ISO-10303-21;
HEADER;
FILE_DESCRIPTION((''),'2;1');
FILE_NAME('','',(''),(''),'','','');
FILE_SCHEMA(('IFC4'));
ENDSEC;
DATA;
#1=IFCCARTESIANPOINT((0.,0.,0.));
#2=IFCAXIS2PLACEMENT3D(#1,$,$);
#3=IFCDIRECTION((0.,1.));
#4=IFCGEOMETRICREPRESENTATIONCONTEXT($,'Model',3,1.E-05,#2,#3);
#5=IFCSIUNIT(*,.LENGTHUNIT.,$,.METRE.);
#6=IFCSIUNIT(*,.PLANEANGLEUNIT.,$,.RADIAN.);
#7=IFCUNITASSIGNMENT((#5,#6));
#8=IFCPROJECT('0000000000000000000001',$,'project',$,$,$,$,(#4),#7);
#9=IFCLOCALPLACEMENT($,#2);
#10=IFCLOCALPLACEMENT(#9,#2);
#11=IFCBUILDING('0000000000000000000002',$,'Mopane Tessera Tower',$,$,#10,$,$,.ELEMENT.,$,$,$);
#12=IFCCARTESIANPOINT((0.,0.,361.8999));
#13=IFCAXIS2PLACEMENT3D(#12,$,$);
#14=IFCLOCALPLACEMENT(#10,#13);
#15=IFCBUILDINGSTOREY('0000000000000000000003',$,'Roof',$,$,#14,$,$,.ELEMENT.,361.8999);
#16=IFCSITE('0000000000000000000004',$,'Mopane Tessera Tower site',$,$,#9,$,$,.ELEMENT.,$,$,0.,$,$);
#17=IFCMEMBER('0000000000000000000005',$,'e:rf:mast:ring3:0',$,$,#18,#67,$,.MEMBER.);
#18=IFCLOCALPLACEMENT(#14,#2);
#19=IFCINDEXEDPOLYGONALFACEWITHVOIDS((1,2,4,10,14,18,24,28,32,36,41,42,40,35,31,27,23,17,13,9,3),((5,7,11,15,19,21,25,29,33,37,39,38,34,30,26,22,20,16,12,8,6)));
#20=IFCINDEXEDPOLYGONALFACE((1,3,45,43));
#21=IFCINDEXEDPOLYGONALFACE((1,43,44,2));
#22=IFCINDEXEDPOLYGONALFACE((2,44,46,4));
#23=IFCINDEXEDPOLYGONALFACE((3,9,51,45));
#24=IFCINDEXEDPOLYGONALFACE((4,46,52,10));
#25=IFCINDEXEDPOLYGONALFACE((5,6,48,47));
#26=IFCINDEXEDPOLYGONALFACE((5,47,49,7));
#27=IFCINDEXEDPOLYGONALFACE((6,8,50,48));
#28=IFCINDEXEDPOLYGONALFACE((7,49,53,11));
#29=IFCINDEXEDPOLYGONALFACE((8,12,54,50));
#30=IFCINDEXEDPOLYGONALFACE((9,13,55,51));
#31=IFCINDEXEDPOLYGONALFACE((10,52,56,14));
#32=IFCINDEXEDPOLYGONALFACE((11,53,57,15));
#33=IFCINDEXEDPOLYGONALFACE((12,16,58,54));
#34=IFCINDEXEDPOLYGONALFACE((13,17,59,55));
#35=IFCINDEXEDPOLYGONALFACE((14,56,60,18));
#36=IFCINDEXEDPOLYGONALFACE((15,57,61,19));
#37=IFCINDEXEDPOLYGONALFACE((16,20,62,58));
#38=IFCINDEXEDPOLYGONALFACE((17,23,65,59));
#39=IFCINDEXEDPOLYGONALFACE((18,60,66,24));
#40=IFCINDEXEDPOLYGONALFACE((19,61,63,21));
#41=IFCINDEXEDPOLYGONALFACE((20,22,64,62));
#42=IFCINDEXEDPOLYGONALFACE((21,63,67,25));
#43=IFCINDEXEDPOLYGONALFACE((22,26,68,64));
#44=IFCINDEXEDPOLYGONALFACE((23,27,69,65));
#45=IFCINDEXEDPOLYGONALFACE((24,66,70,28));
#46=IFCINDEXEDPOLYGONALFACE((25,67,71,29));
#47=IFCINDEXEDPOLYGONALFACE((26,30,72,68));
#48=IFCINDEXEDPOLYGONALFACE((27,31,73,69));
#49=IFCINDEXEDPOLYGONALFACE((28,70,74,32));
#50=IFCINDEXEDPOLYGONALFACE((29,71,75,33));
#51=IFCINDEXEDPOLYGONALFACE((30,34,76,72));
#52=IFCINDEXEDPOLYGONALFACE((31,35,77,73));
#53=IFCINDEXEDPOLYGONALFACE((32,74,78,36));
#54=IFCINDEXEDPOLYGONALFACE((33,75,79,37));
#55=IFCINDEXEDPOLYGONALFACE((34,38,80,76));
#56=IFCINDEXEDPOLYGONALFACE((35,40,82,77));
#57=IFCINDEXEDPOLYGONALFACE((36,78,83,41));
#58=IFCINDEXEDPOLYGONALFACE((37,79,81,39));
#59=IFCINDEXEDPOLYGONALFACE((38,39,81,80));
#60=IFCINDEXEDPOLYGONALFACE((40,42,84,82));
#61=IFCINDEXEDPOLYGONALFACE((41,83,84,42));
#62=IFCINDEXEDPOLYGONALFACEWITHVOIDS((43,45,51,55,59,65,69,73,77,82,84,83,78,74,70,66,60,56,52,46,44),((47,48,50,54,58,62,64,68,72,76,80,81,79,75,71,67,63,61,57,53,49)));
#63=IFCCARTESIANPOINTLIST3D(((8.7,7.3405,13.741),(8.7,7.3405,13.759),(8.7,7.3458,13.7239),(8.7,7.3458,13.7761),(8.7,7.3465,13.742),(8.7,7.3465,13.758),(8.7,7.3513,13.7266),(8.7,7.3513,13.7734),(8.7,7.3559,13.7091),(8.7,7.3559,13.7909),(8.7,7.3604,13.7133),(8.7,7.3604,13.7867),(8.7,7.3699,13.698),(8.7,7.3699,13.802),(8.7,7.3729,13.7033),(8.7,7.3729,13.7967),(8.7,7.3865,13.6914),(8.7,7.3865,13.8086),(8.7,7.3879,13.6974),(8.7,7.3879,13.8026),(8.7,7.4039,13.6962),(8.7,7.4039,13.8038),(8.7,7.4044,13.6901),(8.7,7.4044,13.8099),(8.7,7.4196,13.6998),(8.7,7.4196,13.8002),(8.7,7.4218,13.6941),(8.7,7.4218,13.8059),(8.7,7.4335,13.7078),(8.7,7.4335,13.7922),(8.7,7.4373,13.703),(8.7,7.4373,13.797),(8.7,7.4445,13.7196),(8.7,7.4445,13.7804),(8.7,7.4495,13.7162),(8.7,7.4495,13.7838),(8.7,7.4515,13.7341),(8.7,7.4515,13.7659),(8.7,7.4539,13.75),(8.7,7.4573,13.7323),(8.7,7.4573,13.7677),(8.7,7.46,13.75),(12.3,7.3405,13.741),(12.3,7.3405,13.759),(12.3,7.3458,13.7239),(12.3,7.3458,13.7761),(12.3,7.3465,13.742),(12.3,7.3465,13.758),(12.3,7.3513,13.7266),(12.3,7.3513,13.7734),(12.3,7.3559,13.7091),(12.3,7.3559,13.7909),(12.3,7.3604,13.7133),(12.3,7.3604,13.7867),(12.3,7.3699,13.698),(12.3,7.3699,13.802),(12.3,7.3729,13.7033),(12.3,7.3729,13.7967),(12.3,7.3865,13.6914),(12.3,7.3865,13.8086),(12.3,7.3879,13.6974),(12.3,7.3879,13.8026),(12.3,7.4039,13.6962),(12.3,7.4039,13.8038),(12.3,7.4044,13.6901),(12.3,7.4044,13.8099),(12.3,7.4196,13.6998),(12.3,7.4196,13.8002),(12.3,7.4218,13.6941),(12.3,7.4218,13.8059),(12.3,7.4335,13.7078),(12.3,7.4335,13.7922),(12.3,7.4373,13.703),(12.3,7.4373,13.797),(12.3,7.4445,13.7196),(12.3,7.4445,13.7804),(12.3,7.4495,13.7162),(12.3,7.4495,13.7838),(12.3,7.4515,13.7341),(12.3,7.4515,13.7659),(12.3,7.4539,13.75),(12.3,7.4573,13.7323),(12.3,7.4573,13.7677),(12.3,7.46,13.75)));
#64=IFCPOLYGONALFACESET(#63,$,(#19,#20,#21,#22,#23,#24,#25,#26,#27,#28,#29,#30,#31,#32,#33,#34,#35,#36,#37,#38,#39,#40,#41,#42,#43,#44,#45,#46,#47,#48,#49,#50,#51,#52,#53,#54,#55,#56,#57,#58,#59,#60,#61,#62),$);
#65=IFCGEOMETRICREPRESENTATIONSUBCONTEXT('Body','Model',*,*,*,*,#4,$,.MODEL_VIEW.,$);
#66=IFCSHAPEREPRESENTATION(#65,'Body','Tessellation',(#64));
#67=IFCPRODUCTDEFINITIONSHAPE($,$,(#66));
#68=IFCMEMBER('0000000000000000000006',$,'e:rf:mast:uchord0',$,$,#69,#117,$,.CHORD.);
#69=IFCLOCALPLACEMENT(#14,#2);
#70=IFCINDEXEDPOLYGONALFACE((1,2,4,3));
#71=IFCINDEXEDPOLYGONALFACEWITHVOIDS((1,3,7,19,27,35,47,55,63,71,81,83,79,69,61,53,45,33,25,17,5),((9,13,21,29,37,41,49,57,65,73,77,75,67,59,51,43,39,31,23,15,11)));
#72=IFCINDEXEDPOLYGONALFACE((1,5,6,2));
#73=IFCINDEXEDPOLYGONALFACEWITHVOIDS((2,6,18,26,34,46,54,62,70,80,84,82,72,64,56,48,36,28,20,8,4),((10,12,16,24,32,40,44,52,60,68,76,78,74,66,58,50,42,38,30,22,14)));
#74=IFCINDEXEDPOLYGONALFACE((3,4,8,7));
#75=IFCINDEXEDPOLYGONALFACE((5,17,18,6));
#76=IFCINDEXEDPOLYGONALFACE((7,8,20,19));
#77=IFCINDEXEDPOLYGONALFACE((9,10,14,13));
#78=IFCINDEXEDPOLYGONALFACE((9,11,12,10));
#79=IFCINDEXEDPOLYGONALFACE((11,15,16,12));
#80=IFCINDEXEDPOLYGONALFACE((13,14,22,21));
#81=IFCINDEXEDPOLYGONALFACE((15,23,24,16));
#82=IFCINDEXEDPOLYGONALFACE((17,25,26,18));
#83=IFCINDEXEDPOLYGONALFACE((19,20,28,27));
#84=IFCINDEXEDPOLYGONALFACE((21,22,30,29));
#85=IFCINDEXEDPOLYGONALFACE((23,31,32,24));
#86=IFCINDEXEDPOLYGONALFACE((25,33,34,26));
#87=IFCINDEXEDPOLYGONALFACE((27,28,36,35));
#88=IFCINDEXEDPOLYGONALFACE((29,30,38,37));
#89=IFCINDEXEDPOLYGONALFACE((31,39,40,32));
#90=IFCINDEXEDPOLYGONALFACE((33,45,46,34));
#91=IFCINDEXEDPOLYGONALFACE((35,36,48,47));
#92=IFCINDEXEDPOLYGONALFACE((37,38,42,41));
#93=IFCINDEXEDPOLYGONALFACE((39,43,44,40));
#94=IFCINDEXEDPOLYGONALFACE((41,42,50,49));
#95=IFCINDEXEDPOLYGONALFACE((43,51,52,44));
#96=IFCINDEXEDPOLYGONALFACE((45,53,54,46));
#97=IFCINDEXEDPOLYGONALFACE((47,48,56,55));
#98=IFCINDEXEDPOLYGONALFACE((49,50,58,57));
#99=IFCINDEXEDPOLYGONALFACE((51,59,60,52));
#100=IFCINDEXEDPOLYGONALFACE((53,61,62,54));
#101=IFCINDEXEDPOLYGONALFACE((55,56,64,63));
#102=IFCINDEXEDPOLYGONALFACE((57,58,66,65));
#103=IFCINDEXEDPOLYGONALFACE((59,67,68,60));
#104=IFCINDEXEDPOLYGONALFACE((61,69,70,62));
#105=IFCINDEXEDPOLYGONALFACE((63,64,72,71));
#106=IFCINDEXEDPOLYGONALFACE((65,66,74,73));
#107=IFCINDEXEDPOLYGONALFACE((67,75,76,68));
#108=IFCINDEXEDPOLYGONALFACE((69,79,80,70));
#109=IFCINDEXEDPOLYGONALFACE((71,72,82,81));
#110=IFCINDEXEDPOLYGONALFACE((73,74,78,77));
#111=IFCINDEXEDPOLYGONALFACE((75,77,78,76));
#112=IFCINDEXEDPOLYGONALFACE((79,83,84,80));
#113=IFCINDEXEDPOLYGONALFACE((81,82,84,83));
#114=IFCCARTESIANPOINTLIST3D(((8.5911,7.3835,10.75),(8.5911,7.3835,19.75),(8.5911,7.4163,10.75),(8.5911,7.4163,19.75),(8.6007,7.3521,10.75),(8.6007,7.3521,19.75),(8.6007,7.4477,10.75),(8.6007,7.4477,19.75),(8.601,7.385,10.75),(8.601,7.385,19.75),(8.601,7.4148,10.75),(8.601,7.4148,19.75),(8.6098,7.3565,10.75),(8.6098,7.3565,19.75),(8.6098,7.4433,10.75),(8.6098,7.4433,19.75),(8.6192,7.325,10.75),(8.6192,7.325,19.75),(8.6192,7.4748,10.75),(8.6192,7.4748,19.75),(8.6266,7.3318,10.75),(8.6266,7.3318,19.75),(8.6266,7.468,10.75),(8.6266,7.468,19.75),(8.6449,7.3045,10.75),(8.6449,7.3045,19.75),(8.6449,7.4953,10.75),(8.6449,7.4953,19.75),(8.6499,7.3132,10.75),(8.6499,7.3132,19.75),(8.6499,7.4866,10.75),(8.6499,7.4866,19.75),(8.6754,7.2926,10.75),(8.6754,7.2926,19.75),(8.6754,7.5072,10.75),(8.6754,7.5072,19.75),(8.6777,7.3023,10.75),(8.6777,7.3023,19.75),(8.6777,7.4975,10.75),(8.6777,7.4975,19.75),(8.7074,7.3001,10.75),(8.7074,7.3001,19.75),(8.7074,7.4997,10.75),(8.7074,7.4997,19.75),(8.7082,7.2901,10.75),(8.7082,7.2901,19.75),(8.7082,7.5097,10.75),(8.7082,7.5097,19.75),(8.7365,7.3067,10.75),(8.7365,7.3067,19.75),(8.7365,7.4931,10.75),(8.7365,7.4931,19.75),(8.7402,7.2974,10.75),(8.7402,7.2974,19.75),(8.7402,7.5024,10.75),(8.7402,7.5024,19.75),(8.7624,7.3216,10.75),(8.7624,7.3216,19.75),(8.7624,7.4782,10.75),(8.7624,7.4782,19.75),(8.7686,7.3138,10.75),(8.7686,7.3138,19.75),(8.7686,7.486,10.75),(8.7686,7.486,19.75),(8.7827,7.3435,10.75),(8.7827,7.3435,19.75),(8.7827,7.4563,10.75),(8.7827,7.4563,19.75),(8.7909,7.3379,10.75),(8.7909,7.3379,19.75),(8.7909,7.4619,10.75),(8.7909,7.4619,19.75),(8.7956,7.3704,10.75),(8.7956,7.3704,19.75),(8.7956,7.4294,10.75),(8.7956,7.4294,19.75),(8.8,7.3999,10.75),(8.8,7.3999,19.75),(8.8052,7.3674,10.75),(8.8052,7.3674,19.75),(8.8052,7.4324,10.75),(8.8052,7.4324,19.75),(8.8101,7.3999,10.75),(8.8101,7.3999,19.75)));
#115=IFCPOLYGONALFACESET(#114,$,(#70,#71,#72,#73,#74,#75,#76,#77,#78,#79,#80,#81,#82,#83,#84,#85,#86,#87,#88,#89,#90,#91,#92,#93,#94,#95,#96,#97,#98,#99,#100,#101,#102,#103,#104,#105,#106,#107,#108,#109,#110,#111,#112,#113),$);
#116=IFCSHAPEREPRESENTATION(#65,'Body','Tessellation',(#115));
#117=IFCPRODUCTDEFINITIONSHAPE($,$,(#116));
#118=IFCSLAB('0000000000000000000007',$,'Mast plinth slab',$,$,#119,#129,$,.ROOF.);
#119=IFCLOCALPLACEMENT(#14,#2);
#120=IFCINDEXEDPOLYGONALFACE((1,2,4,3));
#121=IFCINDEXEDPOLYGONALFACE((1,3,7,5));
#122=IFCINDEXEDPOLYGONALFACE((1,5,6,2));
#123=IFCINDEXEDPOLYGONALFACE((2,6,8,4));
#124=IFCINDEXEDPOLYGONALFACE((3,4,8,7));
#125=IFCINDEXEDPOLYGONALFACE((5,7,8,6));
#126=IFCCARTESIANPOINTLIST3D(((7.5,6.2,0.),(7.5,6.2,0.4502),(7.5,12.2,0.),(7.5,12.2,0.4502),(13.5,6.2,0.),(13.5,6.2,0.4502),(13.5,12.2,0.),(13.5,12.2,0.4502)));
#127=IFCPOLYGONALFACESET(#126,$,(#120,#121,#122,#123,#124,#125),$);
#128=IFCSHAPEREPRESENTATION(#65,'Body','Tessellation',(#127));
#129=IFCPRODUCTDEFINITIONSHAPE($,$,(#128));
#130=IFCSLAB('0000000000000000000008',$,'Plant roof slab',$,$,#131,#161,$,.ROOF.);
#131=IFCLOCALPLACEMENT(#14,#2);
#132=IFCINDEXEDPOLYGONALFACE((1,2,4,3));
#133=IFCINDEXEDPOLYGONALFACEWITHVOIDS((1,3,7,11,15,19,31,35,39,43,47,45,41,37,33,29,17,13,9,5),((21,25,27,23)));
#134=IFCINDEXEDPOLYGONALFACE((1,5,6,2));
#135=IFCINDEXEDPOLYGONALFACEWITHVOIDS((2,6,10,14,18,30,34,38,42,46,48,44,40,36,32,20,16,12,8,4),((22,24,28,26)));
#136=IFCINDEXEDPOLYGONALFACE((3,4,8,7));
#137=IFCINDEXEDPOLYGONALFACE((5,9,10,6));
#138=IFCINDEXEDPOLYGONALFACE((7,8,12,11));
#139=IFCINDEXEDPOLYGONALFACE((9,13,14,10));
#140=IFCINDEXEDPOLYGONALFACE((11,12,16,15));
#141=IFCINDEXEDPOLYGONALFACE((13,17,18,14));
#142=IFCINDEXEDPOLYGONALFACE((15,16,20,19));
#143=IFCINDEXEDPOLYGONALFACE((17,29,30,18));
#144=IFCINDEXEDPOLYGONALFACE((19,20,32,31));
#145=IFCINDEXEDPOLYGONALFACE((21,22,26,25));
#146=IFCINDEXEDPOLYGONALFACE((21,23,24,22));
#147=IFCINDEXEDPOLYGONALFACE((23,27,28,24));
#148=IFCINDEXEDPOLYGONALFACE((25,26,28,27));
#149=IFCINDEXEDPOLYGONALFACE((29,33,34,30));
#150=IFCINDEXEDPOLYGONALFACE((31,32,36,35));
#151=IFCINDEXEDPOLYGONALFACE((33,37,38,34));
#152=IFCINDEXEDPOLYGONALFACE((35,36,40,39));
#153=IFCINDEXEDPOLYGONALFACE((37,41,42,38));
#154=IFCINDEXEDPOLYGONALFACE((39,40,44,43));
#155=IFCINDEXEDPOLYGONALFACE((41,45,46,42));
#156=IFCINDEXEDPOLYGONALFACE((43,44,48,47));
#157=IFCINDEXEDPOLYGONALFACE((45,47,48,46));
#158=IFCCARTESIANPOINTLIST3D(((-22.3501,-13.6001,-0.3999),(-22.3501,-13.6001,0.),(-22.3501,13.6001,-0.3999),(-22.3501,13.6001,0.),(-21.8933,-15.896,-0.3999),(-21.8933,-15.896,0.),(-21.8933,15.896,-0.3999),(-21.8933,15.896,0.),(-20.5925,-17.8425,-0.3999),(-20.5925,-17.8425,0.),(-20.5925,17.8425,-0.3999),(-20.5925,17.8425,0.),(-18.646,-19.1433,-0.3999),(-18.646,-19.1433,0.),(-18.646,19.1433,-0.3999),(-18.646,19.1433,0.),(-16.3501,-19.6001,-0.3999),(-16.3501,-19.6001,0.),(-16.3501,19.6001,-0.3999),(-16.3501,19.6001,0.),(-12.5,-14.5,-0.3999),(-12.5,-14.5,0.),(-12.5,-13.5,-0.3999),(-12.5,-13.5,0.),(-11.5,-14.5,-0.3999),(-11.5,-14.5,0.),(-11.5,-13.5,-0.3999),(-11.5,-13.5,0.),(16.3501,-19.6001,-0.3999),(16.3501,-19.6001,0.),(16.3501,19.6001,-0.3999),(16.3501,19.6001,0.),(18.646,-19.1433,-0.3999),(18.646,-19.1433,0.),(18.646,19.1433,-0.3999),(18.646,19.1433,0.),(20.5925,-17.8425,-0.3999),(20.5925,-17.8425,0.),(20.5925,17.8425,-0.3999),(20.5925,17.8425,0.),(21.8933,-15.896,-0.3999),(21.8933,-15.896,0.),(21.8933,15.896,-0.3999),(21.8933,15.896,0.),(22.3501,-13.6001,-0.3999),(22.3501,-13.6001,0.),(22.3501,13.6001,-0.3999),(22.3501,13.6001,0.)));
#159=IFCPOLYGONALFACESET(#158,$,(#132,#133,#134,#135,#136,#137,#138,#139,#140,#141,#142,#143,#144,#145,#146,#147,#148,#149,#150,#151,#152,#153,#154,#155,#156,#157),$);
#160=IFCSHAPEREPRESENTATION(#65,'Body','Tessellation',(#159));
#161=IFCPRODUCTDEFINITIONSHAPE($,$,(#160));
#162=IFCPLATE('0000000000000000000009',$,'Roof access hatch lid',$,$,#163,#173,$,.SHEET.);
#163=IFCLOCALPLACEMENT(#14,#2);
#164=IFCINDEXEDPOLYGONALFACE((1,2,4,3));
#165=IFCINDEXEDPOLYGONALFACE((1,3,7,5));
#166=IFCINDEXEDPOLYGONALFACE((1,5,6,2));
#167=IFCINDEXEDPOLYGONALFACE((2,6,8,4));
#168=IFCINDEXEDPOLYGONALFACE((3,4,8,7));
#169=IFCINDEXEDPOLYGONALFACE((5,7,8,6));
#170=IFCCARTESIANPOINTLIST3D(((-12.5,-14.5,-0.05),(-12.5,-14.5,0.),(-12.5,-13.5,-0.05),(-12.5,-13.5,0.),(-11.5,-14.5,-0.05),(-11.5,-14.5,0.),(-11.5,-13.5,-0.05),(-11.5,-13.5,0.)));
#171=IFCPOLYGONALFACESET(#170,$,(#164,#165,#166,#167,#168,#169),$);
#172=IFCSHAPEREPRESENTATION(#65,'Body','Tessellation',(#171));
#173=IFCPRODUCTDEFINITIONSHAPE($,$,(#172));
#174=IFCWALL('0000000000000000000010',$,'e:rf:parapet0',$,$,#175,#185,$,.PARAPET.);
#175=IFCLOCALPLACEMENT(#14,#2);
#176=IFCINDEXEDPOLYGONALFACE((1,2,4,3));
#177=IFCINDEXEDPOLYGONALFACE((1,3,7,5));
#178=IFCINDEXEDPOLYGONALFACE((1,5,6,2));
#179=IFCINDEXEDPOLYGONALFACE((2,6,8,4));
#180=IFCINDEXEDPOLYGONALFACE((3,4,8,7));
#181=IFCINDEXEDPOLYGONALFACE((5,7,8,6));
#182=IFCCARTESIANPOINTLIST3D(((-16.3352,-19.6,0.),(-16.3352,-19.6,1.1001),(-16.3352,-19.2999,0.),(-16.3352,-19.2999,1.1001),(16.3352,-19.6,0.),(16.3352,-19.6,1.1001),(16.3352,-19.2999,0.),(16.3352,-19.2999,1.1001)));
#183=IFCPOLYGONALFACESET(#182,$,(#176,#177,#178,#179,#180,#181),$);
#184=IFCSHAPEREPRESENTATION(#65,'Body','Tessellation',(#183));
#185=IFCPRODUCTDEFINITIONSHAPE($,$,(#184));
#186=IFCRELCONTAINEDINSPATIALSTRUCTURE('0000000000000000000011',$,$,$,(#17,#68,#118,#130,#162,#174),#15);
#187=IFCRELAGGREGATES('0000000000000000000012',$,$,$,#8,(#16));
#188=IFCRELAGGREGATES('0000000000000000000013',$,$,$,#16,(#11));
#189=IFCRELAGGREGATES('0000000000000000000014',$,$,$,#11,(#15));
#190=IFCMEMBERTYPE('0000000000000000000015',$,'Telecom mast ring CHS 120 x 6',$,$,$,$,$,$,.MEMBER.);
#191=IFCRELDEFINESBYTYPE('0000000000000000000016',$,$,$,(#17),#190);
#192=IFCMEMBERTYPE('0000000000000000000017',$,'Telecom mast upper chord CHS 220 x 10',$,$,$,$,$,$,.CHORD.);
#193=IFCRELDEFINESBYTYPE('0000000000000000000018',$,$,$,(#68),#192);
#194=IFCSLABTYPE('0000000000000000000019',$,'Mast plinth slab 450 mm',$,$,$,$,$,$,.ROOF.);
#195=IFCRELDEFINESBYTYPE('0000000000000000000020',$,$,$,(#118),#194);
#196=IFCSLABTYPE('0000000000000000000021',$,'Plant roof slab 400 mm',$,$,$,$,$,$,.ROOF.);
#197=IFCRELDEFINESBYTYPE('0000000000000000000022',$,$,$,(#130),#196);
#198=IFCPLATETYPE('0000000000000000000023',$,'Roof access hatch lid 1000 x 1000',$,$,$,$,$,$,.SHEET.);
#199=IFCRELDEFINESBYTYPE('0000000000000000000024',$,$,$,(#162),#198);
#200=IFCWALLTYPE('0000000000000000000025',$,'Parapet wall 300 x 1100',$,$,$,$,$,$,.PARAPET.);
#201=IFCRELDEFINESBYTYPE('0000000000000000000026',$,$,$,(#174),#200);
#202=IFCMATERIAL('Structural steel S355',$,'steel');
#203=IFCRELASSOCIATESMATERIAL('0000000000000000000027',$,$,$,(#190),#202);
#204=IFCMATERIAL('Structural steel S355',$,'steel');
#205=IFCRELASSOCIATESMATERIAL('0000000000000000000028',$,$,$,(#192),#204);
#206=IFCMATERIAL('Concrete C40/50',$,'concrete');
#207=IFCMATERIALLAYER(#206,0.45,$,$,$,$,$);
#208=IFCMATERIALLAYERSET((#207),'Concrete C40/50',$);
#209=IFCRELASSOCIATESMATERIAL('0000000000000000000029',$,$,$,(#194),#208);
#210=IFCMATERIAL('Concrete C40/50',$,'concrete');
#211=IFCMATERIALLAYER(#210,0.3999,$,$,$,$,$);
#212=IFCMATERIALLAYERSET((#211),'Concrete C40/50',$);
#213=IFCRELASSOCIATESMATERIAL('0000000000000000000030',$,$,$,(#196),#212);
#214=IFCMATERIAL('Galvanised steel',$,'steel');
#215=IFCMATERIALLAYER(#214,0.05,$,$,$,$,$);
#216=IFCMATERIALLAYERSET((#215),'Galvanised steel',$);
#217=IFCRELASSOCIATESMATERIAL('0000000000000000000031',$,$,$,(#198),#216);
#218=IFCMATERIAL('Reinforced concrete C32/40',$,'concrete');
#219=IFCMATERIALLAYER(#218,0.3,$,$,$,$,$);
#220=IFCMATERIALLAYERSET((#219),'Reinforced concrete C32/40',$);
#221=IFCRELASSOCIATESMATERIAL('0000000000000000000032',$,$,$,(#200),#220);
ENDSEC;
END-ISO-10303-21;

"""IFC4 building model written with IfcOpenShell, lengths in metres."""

from ifc_helpers import new_model, si_unit, direction, frame, frame_2d, origin, origin_2d, place, context, subcontext, project, spatial, polyline, rectangle, hollow_circle, outline, extrude, material, layer, layer_set, material_profile, profile_set, type_object, element, fill, save


model = new_model("IFC4")

# Units and contexts
model_context = context("Model", 3, precision=1e-05, world=origin(), true_north=direction((0.0, 1.0)))
body_context = subcontext(model_context, "Body", "Model", "MODEL_VIEW")
ifc_project = project(units=[si_unit("LENGTHUNIT", "METRE"), si_unit("PLANEANGLEUNIT", "RADIAN")], contexts=[model_context])

# Site, building, storey
site_placement = place(None, origin())
site = spatial("IfcSite", under=ifc_project, at=site_placement, Name="Mopane Tessera Tower site", CompositionType="ELEMENT", RefElevation=0.0)
building_placement = place(site_placement, origin())
building = spatial("IfcBuilding", under=site, at=building_placement, Name="Mopane Tessera Tower", CompositionType="ELEMENT")
storey_placement = place(building_placement, frame((0.0, 0.0, 361.8999)))
storey = spatial("IfcBuildingStorey", under=building, at=storey_placement, Name="Roof", CompositionType="ELEMENT", Elevation=361.8999)

# Members
ifc_material_1 = material(Name="Structural steel S355", Category="steel")
ifc_material_profile_1 = material_profile(ifc_material_1, hollow_circle(Radius=0.0601, WallThickness=0.0061, at=origin_2d()))
ifc_profile_set_1 = profile_set([ifc_material_profile_1], Name="Structural steel S355")
member_type_1 = type_object("IfcMemberType", Name="Telecom mast ring CHS 120 x 6", PredefinedType="MEMBER", material=ifc_profile_set_1)
for number, where, z_axis, x_axis, name in (
    (1, (8.7, 7.3999, 13.75), (1.0, 0.0, 0.0), (0.0, 1.0, 0.0), "e:rf:mast:ring3:0"),
):
    element("IfcMember", number, at=place(storey_placement, frame(where, z_axis=z_axis, x_axis=x_axis)), inside=storey, type_object=member_type_1, Name=name, PredefinedType="MEMBER", context=body_context, shape_type="SweptSolid", body=[
        extrude(hollow_circle(Radius=0.0601, WallThickness=0.0061, at=origin_2d()), origin(), (0.0, 0.0, 1.0), 3.6001),
    ])
ifc_material_2 = material(Name="Structural steel S355", Category="steel")
ifc_material_profile_2 = material_profile(ifc_material_2, hollow_circle(Radius=0.1101, WallThickness=0.01, at=origin_2d()))
ifc_profile_set_2 = profile_set([ifc_material_profile_2], Name="Structural steel S355")
member_type_2 = type_object("IfcMemberType", Name="Telecom mast upper chord CHS 220 x 10", PredefinedType="CHORD", material=ifc_profile_set_2)
member_1_placement = place(storey_placement, frame((8.7, 7.3999, 10.75), z_axis=(0.0, 0.0, 1.0), x_axis=(1.0, 0.0, 0.0)))
element("IfcMember", 2, at=member_1_placement, inside=storey, type_object=member_type_2, Name="e:rf:mast:uchord0", PredefinedType="CHORD", context=body_context, shape_type="SweptSolid", body=[
    extrude(hollow_circle(Radius=0.1101, WallThickness=0.01, at=origin_2d()), origin(), (0.0, 0.0, 1.0), 9.0),
])

# Slab
ifc_material_3 = material(Name="Concrete C40/50", Category="concrete")
ifc_layer_1 = layer(ifc_material_3, 0.45)
ifc_layer_set_1 = layer_set([ifc_layer_1], Name="Concrete C40/50")
slab_type_1 = type_object("IfcSlabType", Name="Mast plinth slab 450 mm", PredefinedType="ROOF", material=ifc_layer_set_1)
slab_1_placement = place(storey_placement, origin())
element("IfcSlab", 3, at=slab_1_placement, inside=storey, type_object=slab_type_1, Name="Mast plinth slab", PredefinedType="ROOF", context=body_context, shape_type="SweptSolid", body=[
    extrude(outline(polyline([(13.5, 12.2), (7.5, 12.2), (7.5, 6.2), (13.5, 6.2), (13.5, 12.2)])), origin(), (0.0, 0.0, 1.0), 0.4502),
])

# Slab, opening, plate
ifc_material_4 = material(Name="Concrete C40/50", Category="concrete")
ifc_layer_2 = layer(ifc_material_4, 0.3999)
ifc_layer_set_2 = layer_set([ifc_layer_2], Name="Concrete C40/50")
slab_type_2 = type_object("IfcSlabType", Name="Plant roof slab 400 mm", PredefinedType="ROOF", material=ifc_layer_set_2)
slab_2_placement = place(storey_placement, frame((0.0, 0.0, -0.3999)))
slab_2 = element("IfcSlab", 4, at=slab_2_placement, inside=storey, type_object=slab_type_2, Name="Plant roof slab", PredefinedType="ROOF", context=body_context, shape_type="SweptSolid", body=[
    extrude(outline(polyline([(16.3501, -19.6001), (18.646, -19.1433), (20.5925, -17.8425), (21.8933, -15.896), (22.3501, -13.6001), (22.3501, 13.6001), (21.8933, 15.896), (20.5925, 17.8425), (18.646, 19.1433), (16.3501, 19.6001), (-16.3501, 19.6001), (-18.646, 19.1433), (-20.5925, 17.8425), (-21.8933, 15.896), (-22.3501, 13.6001), (-22.3501, -13.6001), (-21.8933, -15.896), (-20.5925, -17.8425), (-18.646, -19.1433), (-16.3501, -19.6001), (16.3501, -19.6001)])), origin(), (0.0, 0.0, 1.0), 0.3999),
])
opening_placement = place(slab_2_placement, frame((-12.0, -14.0, 0.0)))
opening = element("IfcOpeningElement", 5, at=opening_placement, cuts=slab_2, PredefinedType="OPENING", context=body_context, shape_type="SweptSolid", body=[
    extrude(rectangle(XDim=1.0, YDim=1.0, at=origin_2d()), origin(), (0.0, 0.0, 1.0), 0.3999),
])
ifc_material_5 = material(Name="Galvanised steel", Category="steel")
ifc_layer_3 = layer(ifc_material_5, 0.05)
ifc_layer_set_3 = layer_set([ifc_layer_3], Name="Galvanised steel")
plate_type = type_object("IfcPlateType", Name="Roof access hatch lid 1000 x 1000", PredefinedType="SHEET", material=ifc_layer_set_3)
plate_placement = place(opening_placement, frame((0.0, 0.0, 0.3499)))
plate = element("IfcPlate", 6, at=plate_placement, inside=storey, type_object=plate_type, Name="Roof access hatch lid", PredefinedType="SHEET", context=body_context, shape_type="SweptSolid", body=[
    extrude(rectangle(XDim=1.0, YDim=1.0, at=origin_2d()), origin(), (0.0, 0.0, 1.0), 0.05),
])
fill(opening, plate)

# Wall
ifc_material_6 = material(Name="Reinforced concrete C32/40", Category="concrete")
ifc_layer_4 = layer(ifc_material_6, 0.3)
ifc_layer_set_4 = layer_set([ifc_layer_4], Name="Reinforced concrete C32/40")
wall_type = type_object("IfcWallType", Name="Parapet wall 300 x 1100", PredefinedType="PARAPET", material=ifc_layer_set_4)
wall_1_placement = place(storey_placement, frame((-16.3352, -19.45, 0.0), z_axis=(0.0, 0.0, 1.0), x_axis=(1.0, 0.0, 0.0)))
element("IfcWall", 7, at=wall_1_placement, inside=storey, type_object=wall_type, Name="e:rf:parapet0", PredefinedType="PARAPET", context=body_context, shape_type="SweptSolid", body=[
    extrude(rectangle(XDim=32.6704, YDim=0.3, at=frame_2d((16.3352, 0.0))), origin(), (0.0, 0.0, 1.0), 1.1001),
])

save(model, "model.ifc")
